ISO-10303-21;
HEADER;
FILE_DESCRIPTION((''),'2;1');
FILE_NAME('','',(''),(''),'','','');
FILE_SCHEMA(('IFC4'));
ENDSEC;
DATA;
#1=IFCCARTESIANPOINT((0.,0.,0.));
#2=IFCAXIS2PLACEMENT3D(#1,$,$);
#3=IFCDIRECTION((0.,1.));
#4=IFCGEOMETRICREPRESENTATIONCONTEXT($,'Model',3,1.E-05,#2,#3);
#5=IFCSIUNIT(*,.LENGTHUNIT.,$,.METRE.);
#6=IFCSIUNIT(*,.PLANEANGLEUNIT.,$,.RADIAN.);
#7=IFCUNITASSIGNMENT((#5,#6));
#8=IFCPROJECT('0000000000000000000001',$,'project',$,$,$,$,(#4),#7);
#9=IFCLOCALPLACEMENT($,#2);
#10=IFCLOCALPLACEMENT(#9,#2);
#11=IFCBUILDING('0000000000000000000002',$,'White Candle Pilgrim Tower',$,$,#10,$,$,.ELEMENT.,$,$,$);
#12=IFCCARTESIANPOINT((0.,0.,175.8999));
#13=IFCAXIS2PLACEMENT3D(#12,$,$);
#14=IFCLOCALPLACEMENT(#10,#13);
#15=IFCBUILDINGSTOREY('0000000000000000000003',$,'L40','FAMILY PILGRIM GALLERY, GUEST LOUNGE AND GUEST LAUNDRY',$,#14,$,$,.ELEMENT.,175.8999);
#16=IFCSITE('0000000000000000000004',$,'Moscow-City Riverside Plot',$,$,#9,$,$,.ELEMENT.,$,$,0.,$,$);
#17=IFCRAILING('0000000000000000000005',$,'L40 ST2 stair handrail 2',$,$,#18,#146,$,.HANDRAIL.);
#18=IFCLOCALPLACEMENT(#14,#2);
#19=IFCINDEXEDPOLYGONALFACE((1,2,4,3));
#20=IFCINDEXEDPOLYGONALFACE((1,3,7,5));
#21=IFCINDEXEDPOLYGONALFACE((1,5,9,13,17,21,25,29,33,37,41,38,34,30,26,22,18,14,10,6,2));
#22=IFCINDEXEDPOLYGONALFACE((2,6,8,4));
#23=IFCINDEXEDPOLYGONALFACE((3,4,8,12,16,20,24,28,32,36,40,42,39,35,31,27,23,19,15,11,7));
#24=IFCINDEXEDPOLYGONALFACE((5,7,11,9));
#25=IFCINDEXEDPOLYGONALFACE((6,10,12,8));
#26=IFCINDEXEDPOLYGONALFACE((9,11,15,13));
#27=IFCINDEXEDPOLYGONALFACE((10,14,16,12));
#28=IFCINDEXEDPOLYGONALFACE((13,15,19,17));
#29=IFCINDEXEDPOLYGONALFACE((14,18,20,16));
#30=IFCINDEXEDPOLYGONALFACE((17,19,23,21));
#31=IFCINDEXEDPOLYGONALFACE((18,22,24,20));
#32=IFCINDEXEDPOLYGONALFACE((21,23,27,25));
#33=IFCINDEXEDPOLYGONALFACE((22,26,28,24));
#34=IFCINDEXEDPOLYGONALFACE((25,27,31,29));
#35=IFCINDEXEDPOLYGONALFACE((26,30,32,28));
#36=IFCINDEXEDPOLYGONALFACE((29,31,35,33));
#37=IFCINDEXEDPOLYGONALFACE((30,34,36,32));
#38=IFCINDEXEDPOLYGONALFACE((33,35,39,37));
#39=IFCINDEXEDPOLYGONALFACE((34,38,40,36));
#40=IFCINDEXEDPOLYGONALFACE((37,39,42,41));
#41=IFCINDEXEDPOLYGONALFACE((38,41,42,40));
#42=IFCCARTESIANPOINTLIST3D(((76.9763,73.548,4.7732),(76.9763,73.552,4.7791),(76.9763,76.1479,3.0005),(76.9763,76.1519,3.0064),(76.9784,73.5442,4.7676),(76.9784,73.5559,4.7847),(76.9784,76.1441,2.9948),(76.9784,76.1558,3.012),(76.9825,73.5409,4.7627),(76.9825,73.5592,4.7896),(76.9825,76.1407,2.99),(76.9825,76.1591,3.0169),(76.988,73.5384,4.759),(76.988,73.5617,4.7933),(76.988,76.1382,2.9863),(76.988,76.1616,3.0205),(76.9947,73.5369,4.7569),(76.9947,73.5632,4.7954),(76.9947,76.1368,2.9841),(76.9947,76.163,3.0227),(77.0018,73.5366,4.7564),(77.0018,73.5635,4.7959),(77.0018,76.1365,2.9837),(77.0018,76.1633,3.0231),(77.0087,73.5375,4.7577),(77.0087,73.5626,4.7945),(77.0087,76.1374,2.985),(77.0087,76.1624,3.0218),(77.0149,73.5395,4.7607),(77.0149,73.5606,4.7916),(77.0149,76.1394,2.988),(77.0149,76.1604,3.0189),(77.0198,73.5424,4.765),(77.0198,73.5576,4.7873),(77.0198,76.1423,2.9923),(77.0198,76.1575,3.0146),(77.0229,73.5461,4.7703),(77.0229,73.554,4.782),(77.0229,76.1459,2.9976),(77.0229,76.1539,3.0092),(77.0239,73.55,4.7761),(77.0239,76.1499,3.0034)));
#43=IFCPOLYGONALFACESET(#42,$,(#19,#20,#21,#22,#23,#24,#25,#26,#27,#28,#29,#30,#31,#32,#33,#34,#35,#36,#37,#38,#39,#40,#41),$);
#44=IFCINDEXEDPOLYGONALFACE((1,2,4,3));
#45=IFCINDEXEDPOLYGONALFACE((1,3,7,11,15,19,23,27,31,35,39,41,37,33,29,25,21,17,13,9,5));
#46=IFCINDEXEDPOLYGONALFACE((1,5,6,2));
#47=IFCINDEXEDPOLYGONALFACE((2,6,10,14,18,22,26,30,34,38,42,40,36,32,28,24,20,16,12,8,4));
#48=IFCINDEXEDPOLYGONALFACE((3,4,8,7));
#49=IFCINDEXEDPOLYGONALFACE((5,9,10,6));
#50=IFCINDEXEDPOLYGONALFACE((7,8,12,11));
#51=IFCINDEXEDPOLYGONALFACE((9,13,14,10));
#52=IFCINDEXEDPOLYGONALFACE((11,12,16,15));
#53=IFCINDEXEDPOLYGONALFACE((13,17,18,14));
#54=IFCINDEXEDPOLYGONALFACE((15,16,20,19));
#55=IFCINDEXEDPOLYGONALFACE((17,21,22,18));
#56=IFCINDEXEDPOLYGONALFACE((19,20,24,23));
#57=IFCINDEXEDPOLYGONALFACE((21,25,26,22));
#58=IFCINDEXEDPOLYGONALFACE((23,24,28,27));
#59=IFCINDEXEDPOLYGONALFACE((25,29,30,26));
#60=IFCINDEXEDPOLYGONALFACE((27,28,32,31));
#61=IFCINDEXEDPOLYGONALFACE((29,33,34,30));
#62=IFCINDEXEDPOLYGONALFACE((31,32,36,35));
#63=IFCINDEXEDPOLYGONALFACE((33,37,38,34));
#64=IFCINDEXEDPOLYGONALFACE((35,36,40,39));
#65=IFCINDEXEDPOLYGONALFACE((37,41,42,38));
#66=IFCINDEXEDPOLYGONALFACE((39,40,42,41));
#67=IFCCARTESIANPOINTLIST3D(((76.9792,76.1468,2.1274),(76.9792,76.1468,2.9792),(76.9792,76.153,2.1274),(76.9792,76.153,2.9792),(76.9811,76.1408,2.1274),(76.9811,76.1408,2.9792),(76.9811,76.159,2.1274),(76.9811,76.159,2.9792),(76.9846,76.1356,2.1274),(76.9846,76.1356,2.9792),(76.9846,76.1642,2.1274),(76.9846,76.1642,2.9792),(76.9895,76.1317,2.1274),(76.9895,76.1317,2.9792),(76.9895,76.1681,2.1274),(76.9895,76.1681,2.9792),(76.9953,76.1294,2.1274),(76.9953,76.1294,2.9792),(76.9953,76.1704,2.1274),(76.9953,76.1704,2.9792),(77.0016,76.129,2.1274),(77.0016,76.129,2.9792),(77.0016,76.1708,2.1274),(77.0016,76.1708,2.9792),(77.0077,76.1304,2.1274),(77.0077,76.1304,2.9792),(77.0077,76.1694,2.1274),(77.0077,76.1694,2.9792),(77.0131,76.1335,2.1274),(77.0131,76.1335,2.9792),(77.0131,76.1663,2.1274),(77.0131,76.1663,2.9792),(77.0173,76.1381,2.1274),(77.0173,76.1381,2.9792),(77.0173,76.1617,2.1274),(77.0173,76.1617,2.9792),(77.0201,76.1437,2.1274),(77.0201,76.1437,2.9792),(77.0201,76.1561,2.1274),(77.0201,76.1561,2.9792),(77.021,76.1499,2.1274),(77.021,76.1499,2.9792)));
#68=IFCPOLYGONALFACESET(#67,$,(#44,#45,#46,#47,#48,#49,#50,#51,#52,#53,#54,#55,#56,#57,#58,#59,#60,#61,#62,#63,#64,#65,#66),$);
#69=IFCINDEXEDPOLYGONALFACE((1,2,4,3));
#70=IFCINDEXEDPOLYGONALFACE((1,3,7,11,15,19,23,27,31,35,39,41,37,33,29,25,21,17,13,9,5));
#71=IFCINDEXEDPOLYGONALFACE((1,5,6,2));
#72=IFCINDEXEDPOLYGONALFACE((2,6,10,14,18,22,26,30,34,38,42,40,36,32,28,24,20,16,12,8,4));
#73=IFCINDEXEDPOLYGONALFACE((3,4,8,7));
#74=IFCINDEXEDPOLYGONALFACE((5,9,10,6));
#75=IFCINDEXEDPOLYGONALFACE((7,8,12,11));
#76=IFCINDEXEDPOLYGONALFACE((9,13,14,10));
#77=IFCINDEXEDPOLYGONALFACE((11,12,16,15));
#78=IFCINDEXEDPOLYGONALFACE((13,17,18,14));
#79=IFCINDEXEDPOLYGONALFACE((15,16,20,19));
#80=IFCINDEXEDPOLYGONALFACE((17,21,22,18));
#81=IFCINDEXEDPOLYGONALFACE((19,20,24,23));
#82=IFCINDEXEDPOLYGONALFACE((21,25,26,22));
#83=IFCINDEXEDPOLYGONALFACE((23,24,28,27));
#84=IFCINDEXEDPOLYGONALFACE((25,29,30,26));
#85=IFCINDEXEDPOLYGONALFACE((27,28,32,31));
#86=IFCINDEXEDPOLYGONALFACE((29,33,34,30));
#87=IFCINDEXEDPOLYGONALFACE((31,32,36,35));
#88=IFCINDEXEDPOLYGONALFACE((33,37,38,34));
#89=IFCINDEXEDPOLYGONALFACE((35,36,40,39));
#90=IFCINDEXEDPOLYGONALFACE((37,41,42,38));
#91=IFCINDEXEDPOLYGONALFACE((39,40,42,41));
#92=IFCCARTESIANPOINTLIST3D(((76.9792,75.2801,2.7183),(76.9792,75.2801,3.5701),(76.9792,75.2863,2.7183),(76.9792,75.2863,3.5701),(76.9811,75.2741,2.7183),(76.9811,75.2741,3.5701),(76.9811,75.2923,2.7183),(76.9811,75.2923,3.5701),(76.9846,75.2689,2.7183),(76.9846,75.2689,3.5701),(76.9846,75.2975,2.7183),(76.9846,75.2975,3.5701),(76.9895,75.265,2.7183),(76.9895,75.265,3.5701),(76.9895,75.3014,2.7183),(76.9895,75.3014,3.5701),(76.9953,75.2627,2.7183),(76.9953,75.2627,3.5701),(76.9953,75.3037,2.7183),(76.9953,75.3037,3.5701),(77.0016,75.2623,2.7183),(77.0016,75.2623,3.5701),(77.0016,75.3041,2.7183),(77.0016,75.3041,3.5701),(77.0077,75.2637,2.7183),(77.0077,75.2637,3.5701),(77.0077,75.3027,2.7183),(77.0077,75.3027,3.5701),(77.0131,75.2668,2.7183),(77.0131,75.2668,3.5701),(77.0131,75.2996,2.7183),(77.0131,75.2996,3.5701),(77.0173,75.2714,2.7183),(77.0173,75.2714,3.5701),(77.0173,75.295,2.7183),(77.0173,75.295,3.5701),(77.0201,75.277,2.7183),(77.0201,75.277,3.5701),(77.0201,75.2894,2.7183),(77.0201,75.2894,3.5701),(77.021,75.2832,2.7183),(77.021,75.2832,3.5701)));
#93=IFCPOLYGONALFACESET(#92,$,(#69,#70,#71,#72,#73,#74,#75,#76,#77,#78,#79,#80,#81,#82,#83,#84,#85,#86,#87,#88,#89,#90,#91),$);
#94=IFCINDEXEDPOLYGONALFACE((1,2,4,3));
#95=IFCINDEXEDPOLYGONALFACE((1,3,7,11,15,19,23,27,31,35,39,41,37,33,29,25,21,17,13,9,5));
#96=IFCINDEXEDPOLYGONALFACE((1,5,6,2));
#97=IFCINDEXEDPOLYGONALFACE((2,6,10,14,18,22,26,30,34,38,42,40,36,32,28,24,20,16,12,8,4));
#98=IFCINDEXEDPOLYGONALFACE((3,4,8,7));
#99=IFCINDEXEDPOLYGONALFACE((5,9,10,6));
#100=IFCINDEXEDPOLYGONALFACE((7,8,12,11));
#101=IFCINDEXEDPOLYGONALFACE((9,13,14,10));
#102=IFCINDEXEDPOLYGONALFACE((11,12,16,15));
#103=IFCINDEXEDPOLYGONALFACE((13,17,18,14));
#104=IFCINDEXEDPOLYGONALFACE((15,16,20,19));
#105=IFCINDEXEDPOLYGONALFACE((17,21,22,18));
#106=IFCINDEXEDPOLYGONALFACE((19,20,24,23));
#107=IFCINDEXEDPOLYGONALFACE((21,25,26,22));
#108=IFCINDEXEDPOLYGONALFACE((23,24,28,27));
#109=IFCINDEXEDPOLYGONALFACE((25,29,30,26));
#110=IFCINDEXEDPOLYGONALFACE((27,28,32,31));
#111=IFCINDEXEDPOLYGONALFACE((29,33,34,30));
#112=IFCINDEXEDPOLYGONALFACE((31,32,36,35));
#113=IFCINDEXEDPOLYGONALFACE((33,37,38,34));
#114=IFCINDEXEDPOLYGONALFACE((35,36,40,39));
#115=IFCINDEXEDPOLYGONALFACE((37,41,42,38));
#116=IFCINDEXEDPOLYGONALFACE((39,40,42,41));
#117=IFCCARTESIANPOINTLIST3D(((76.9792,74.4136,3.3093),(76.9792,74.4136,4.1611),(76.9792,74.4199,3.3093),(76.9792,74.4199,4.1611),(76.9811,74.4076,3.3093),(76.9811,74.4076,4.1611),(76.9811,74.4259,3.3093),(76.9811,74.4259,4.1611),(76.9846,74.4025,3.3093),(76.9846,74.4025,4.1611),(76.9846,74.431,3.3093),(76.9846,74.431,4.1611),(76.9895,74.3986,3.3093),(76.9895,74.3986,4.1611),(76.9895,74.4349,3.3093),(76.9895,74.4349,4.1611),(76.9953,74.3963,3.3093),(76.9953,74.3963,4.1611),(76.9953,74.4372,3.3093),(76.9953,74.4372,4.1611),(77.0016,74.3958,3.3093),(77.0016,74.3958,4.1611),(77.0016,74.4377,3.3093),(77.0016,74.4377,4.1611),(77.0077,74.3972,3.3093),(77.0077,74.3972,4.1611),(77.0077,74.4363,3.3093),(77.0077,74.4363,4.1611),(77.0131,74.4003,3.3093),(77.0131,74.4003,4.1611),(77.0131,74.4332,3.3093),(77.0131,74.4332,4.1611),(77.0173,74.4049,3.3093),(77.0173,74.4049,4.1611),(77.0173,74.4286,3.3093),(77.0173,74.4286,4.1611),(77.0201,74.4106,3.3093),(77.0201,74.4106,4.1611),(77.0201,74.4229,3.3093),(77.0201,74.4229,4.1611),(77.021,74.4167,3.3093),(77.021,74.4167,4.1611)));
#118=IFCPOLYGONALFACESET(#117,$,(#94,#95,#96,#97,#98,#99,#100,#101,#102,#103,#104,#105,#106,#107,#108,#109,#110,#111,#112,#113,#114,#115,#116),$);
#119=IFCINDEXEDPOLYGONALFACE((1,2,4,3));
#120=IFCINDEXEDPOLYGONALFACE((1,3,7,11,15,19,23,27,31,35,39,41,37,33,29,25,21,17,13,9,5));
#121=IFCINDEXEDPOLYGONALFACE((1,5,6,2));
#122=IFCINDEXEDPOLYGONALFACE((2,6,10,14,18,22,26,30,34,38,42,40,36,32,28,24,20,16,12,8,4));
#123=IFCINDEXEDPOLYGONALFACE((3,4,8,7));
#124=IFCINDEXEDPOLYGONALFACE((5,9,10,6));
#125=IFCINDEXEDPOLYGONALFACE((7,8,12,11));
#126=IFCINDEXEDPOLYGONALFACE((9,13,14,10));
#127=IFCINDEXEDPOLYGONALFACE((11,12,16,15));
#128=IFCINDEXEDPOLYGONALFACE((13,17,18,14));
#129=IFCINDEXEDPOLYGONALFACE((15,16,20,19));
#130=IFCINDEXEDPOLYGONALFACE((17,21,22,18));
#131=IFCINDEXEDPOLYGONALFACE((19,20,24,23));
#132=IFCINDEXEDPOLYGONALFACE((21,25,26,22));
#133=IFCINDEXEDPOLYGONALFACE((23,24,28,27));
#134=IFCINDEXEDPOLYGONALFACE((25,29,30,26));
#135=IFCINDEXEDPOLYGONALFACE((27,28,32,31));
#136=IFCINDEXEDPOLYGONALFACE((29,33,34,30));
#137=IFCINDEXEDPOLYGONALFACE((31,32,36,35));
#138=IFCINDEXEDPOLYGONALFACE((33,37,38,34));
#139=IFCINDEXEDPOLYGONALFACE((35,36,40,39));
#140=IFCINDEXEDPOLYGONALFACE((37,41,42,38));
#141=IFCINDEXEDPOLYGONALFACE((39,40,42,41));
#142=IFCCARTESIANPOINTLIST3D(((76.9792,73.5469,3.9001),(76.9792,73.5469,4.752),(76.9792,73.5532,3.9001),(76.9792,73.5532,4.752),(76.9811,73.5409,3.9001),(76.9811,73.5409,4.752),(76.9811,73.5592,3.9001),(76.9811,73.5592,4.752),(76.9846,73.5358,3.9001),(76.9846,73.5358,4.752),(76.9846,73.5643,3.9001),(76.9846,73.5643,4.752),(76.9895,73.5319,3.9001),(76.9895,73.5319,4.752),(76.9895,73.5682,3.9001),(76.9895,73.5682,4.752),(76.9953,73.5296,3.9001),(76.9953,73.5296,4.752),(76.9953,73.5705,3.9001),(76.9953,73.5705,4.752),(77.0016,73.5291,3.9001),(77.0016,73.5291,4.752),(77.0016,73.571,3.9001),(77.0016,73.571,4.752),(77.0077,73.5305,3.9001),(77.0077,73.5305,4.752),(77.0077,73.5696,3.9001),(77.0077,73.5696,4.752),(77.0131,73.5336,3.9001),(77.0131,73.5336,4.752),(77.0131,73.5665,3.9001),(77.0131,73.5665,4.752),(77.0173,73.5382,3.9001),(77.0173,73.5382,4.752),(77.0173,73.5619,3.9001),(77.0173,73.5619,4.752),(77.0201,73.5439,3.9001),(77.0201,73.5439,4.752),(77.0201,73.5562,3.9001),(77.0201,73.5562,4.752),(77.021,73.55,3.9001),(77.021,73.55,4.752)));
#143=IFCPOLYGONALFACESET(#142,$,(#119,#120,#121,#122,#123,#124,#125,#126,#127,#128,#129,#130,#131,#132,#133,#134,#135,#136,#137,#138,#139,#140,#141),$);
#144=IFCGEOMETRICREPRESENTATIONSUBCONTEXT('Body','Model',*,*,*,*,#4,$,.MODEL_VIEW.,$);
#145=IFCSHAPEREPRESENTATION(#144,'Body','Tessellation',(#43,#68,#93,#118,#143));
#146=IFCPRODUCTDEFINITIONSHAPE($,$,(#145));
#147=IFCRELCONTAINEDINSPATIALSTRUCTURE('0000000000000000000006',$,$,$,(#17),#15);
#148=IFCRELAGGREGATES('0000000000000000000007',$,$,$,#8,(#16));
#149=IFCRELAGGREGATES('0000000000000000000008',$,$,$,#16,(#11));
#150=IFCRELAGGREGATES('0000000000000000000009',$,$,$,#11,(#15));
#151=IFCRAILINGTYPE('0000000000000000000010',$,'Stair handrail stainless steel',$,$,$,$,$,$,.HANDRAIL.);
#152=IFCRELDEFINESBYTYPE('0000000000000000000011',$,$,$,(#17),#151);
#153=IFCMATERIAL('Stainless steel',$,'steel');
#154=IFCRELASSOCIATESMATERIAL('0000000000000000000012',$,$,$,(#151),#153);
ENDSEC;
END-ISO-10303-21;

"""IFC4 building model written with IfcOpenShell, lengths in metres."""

from ifc_helpers import new_model, si_unit, direction, frame, origin, origin_2d, place, context, subcontext, project, spatial, circle, extrude, material, type_object, element, save


model = new_model("IFC4")

# Units and contexts
model_context = context("Model", 3, precision=1e-05, world=origin(), true_north=direction((0.0, 1.0)))
body_context = subcontext(model_context, "Body", "Model", "MODEL_VIEW")
ifc_project = project(units=[si_unit("LENGTHUNIT", "METRE"), si_unit("PLANEANGLEUNIT", "RADIAN")], contexts=[model_context])

# Site, building, storey
site_placement = place(None, origin())
site = spatial("IfcSite", under=ifc_project, at=site_placement, Name="Moscow-City Riverside Plot", CompositionType="ELEMENT", RefElevation=0.0)
building_placement = place(site_placement, origin())
building = spatial("IfcBuilding", under=site, at=building_placement, Name="White Candle Pilgrim Tower", CompositionType="ELEMENT")
storey_placement = place(building_placement, frame((0.0, 0.0, 175.8999)))
storey = spatial("IfcBuildingStorey", under=building, at=storey_placement, Name="L40", Description="FAMILY PILGRIM GALLERY, GUEST LOUNGE AND GUEST LAUNDRY", CompositionType="ELEMENT", Elevation=175.8999)

# Railing
ifc_material_1 = material(Name="Stainless steel", Category="steel")
railing_type_1 = type_object("IfcRailingType", Name="Stair handrail stainless steel", PredefinedType="HANDRAIL", material=ifc_material_1)
railing_1_placement = place(storey_placement, frame((77.0, 76.1499, 2.1274)))
element("IfcRailing", 1, at=railing_1_placement, inside=storey, type_object=railing_type_1, Name="L40 ST2 stair handrail 2", PredefinedType="HANDRAIL", context=body_context, shape_type="SweptSolid", body=[
    extrude(circle(Radius=0.0239, at=origin_2d()), frame((0.0, 0.0, 0.876), z_axis=(0.0, -0.826216, 0.563354), x_axis=(1.0, 0.0, 0.0)), (0.0, 0.0, 1.0), 3.1467),
    extrude(circle(Radius=0.021, at=origin_2d()), origin(), (0.0, 0.0, 1.0), 0.8518),
    extrude(circle(Radius=0.021, at=origin_2d()), frame((0.0, -0.8667, 0.5908)), (0.0, 0.0, 1.0), 0.8518),
    extrude(circle(Radius=0.021, at=origin_2d()), frame((0.0, -1.7332, 1.1819)), (0.0, 0.0, 1.0), 0.8518),
    extrude(circle(Radius=0.021, at=origin_2d()), frame((0.0, -2.5999, 1.7727)), (0.0, 0.0, 1.0), 0.8518),
])

save(model, "model.ifc")
